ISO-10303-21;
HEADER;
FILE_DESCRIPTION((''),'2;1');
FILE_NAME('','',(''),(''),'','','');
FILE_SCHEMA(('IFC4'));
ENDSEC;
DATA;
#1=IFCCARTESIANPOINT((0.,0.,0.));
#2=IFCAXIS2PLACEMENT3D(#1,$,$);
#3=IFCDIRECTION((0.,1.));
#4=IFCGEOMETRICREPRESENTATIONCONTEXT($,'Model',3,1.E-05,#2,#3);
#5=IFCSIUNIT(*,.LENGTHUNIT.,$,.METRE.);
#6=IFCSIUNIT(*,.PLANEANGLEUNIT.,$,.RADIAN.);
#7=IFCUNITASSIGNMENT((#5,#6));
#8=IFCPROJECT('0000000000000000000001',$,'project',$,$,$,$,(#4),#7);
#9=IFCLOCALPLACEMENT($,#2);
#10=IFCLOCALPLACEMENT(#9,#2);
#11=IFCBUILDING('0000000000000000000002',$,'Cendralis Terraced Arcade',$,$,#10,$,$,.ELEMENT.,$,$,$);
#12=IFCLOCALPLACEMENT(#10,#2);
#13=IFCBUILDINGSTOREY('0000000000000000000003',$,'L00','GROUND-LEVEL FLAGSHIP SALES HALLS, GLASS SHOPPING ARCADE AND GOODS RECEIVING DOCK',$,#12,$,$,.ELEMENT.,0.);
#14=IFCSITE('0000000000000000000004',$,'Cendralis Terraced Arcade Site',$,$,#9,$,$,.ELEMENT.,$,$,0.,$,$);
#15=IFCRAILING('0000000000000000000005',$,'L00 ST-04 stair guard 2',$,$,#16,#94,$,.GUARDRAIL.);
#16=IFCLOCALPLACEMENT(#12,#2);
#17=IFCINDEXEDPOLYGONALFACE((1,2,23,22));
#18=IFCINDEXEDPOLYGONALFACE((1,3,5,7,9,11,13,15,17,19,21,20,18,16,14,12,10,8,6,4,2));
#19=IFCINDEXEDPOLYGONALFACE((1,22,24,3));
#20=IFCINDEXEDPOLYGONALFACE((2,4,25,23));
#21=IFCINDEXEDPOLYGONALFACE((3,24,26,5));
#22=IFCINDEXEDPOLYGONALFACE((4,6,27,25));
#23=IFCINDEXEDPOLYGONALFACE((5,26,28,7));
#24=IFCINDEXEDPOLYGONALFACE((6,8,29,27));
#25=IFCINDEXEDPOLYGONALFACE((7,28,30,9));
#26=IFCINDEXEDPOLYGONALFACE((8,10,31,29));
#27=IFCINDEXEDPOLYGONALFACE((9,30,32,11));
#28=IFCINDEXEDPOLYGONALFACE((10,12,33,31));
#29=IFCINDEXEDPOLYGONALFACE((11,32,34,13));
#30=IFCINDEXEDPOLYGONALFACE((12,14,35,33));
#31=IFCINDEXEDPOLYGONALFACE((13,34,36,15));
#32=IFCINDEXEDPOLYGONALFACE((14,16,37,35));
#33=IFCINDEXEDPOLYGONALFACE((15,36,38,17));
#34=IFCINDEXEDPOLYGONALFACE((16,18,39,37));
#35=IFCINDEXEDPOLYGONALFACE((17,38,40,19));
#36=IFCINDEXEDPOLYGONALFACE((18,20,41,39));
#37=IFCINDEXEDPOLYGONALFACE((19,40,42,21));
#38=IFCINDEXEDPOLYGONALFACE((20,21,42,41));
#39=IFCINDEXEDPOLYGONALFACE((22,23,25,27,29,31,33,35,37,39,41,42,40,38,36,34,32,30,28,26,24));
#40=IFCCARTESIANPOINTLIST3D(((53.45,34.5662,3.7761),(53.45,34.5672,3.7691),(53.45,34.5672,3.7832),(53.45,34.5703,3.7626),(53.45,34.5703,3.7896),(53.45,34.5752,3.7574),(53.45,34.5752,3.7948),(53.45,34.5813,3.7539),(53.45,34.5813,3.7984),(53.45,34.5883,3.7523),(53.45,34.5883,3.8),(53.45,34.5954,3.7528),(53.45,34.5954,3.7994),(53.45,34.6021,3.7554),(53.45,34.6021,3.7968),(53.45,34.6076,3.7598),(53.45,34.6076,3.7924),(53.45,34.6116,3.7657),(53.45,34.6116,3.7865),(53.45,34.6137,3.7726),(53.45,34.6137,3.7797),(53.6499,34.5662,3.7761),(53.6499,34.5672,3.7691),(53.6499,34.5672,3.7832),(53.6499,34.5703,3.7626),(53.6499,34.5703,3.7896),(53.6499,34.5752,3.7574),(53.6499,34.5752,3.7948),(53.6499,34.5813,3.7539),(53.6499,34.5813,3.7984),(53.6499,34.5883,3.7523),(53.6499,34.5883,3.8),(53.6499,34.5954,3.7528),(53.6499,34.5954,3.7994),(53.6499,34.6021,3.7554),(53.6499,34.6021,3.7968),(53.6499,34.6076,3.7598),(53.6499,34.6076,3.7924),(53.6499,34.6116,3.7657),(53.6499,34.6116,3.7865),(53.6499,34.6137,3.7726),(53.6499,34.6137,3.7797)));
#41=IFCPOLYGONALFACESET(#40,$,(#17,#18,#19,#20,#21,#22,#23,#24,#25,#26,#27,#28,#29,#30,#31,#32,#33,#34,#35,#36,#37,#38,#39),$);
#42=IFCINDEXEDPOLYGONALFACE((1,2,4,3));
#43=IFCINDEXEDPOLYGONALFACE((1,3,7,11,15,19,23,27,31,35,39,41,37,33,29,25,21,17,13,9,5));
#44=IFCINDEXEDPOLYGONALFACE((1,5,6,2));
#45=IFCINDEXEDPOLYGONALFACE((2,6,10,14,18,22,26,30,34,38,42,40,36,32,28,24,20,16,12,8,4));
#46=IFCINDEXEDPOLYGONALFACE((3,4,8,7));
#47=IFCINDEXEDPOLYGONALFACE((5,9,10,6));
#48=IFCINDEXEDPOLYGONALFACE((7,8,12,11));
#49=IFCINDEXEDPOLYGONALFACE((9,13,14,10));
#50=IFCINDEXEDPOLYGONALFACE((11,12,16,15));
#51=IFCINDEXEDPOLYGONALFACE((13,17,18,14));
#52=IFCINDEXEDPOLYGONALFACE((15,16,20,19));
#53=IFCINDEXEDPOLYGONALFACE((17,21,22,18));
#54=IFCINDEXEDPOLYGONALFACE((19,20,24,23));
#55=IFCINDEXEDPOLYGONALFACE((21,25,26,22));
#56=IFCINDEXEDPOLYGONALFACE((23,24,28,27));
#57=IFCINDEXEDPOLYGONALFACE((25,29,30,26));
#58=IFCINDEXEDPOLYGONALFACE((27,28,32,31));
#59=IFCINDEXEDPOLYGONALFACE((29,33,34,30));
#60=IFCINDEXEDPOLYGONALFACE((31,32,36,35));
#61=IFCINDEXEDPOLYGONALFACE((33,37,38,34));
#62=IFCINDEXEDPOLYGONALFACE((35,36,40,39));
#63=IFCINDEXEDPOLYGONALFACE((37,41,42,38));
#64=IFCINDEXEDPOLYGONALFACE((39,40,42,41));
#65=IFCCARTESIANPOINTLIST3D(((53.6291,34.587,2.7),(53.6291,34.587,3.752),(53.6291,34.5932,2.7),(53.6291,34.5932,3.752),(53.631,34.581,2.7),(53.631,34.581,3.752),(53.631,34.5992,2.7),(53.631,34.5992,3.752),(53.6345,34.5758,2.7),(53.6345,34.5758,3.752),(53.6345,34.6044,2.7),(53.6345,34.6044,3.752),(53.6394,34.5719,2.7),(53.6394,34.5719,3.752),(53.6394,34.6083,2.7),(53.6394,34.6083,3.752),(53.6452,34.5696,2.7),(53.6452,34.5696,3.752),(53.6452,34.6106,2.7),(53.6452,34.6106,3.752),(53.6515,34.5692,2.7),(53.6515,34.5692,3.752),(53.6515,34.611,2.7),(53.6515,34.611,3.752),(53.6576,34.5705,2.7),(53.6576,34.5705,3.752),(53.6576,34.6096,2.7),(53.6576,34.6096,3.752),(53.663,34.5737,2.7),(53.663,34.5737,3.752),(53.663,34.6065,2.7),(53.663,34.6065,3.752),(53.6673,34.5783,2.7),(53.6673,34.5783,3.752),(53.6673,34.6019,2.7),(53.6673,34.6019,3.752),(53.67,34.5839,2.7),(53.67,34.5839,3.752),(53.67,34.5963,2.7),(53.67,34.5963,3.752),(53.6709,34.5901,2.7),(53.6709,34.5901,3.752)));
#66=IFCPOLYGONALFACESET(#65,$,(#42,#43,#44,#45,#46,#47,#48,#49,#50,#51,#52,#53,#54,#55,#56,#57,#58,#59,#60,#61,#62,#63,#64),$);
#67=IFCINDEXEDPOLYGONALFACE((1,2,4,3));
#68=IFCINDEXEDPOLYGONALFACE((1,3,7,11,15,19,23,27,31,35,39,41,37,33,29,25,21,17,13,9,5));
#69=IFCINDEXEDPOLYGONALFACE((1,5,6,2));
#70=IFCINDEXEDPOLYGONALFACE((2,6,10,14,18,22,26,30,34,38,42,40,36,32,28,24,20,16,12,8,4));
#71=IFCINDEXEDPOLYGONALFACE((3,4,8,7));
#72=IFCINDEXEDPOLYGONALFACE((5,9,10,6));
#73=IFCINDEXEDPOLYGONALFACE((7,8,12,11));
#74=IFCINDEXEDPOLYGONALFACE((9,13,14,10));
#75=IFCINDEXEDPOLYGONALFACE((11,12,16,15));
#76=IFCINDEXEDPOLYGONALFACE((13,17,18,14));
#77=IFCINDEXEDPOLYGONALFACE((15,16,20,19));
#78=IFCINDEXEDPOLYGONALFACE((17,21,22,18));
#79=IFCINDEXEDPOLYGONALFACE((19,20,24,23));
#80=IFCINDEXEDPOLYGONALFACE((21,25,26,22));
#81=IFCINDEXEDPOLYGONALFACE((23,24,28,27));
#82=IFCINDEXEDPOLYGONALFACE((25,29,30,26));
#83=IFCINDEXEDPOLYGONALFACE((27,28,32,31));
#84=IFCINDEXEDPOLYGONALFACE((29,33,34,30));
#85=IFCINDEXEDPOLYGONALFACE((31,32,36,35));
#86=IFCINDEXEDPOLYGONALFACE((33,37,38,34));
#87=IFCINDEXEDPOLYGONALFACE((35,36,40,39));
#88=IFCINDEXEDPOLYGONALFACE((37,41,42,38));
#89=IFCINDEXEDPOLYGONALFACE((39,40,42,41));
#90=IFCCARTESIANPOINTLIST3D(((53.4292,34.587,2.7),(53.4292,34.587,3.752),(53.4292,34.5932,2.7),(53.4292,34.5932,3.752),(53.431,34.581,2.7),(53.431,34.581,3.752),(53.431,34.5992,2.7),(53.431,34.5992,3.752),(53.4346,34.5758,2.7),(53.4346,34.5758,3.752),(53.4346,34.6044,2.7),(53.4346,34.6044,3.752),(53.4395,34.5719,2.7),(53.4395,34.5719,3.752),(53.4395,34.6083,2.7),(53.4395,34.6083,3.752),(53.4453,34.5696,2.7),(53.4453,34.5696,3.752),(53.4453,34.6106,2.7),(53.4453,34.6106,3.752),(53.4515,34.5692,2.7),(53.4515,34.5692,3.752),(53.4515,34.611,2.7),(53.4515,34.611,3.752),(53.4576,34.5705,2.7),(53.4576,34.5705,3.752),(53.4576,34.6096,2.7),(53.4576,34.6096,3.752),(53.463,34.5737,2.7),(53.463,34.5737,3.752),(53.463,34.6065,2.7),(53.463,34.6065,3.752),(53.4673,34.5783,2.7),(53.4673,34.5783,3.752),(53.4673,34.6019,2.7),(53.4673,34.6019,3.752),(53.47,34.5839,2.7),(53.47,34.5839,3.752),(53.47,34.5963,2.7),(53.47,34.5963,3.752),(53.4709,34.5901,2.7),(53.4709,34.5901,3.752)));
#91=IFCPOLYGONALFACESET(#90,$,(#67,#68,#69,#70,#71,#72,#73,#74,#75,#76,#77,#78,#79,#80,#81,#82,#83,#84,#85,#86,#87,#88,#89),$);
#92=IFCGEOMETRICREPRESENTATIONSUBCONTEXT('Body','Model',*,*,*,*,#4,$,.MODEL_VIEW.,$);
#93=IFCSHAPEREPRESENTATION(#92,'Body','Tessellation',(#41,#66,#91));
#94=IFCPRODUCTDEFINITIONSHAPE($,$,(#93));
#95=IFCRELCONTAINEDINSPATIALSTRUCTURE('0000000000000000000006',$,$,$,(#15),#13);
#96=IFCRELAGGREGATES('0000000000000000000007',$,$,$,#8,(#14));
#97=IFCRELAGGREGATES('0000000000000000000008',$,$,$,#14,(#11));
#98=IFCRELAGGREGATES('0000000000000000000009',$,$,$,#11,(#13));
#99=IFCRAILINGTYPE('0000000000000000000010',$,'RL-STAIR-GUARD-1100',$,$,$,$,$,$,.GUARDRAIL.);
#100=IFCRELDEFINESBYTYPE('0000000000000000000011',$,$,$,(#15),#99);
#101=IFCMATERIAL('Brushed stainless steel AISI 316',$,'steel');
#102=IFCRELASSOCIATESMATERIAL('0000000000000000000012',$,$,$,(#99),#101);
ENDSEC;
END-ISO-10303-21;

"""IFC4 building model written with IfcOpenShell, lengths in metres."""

from ifc_helpers import new_model, si_unit, direction, frame, origin, origin_2d, place, context, subcontext, project, spatial, circle, extrude, material, type_object, element, save


model = new_model("IFC4")

# Units and contexts
model_context = context("Model", 3, precision=1e-05, world=origin(), true_north=direction((0.0, 1.0)))
body_context = subcontext(model_context, "Body", "Model", "MODEL_VIEW")
ifc_project = project(units=[si_unit("LENGTHUNIT", "METRE"), si_unit("PLANEANGLEUNIT", "RADIAN")], contexts=[model_context])

# Site, building, storey
site_placement = place(None, origin())
site = spatial("IfcSite", under=ifc_project, at=site_placement, Name="Cendralis Terraced Arcade Site", CompositionType="ELEMENT", RefElevation=0.0)
building_placement = place(site_placement, origin())
building = spatial("IfcBuilding", under=site, at=building_placement, Name="Cendralis Terraced Arcade", CompositionType="ELEMENT")
storey_placement = place(building_placement, origin())
storey = spatial("IfcBuildingStorey", under=building, at=storey_placement, Name="L00", Description="GROUND-LEVEL FLAGSHIP SALES HALLS, GLASS SHOPPING ARCADE AND GOODS RECEIVING DOCK", CompositionType="ELEMENT", Elevation=0.0)

# Railing
ifc_material_1 = material(Name="Brushed stainless steel AISI 316", Category="steel")
railing_type_1 = type_object("IfcRailingType", Name="RL-STAIR-GUARD-1100", PredefinedType="GUARDRAIL", material=ifc_material_1)
railing_1_placement = place(storey_placement, frame((53.6499, 34.5901, 2.7)))
element("IfcRailing", 1, at=railing_1_placement, inside=storey, type_object=railing_type_1, Name="L00 ST-04 stair guard 2", PredefinedType="GUARDRAIL", context=body_context, shape_type="SweptSolid", body=[
    extrude(circle(Radius=0.0239, at=origin_2d()), frame((0.0, 0.0, 1.0762), z_axis=(-1.0, 0.0, 0.0), x_axis=(0.0, -1.0, 0.0)), (0.0, 0.0, 1.0), 0.2),
    extrude(circle(Radius=0.021, at=origin_2d()), origin(), (0.0, 0.0, 1.0), 1.052),
    extrude(circle(Radius=0.021, at=origin_2d()), frame((-0.2, 0.0, 0.0)), (0.0, 0.0, 1.0), 1.052),
])

save(model, "model.ifc")
